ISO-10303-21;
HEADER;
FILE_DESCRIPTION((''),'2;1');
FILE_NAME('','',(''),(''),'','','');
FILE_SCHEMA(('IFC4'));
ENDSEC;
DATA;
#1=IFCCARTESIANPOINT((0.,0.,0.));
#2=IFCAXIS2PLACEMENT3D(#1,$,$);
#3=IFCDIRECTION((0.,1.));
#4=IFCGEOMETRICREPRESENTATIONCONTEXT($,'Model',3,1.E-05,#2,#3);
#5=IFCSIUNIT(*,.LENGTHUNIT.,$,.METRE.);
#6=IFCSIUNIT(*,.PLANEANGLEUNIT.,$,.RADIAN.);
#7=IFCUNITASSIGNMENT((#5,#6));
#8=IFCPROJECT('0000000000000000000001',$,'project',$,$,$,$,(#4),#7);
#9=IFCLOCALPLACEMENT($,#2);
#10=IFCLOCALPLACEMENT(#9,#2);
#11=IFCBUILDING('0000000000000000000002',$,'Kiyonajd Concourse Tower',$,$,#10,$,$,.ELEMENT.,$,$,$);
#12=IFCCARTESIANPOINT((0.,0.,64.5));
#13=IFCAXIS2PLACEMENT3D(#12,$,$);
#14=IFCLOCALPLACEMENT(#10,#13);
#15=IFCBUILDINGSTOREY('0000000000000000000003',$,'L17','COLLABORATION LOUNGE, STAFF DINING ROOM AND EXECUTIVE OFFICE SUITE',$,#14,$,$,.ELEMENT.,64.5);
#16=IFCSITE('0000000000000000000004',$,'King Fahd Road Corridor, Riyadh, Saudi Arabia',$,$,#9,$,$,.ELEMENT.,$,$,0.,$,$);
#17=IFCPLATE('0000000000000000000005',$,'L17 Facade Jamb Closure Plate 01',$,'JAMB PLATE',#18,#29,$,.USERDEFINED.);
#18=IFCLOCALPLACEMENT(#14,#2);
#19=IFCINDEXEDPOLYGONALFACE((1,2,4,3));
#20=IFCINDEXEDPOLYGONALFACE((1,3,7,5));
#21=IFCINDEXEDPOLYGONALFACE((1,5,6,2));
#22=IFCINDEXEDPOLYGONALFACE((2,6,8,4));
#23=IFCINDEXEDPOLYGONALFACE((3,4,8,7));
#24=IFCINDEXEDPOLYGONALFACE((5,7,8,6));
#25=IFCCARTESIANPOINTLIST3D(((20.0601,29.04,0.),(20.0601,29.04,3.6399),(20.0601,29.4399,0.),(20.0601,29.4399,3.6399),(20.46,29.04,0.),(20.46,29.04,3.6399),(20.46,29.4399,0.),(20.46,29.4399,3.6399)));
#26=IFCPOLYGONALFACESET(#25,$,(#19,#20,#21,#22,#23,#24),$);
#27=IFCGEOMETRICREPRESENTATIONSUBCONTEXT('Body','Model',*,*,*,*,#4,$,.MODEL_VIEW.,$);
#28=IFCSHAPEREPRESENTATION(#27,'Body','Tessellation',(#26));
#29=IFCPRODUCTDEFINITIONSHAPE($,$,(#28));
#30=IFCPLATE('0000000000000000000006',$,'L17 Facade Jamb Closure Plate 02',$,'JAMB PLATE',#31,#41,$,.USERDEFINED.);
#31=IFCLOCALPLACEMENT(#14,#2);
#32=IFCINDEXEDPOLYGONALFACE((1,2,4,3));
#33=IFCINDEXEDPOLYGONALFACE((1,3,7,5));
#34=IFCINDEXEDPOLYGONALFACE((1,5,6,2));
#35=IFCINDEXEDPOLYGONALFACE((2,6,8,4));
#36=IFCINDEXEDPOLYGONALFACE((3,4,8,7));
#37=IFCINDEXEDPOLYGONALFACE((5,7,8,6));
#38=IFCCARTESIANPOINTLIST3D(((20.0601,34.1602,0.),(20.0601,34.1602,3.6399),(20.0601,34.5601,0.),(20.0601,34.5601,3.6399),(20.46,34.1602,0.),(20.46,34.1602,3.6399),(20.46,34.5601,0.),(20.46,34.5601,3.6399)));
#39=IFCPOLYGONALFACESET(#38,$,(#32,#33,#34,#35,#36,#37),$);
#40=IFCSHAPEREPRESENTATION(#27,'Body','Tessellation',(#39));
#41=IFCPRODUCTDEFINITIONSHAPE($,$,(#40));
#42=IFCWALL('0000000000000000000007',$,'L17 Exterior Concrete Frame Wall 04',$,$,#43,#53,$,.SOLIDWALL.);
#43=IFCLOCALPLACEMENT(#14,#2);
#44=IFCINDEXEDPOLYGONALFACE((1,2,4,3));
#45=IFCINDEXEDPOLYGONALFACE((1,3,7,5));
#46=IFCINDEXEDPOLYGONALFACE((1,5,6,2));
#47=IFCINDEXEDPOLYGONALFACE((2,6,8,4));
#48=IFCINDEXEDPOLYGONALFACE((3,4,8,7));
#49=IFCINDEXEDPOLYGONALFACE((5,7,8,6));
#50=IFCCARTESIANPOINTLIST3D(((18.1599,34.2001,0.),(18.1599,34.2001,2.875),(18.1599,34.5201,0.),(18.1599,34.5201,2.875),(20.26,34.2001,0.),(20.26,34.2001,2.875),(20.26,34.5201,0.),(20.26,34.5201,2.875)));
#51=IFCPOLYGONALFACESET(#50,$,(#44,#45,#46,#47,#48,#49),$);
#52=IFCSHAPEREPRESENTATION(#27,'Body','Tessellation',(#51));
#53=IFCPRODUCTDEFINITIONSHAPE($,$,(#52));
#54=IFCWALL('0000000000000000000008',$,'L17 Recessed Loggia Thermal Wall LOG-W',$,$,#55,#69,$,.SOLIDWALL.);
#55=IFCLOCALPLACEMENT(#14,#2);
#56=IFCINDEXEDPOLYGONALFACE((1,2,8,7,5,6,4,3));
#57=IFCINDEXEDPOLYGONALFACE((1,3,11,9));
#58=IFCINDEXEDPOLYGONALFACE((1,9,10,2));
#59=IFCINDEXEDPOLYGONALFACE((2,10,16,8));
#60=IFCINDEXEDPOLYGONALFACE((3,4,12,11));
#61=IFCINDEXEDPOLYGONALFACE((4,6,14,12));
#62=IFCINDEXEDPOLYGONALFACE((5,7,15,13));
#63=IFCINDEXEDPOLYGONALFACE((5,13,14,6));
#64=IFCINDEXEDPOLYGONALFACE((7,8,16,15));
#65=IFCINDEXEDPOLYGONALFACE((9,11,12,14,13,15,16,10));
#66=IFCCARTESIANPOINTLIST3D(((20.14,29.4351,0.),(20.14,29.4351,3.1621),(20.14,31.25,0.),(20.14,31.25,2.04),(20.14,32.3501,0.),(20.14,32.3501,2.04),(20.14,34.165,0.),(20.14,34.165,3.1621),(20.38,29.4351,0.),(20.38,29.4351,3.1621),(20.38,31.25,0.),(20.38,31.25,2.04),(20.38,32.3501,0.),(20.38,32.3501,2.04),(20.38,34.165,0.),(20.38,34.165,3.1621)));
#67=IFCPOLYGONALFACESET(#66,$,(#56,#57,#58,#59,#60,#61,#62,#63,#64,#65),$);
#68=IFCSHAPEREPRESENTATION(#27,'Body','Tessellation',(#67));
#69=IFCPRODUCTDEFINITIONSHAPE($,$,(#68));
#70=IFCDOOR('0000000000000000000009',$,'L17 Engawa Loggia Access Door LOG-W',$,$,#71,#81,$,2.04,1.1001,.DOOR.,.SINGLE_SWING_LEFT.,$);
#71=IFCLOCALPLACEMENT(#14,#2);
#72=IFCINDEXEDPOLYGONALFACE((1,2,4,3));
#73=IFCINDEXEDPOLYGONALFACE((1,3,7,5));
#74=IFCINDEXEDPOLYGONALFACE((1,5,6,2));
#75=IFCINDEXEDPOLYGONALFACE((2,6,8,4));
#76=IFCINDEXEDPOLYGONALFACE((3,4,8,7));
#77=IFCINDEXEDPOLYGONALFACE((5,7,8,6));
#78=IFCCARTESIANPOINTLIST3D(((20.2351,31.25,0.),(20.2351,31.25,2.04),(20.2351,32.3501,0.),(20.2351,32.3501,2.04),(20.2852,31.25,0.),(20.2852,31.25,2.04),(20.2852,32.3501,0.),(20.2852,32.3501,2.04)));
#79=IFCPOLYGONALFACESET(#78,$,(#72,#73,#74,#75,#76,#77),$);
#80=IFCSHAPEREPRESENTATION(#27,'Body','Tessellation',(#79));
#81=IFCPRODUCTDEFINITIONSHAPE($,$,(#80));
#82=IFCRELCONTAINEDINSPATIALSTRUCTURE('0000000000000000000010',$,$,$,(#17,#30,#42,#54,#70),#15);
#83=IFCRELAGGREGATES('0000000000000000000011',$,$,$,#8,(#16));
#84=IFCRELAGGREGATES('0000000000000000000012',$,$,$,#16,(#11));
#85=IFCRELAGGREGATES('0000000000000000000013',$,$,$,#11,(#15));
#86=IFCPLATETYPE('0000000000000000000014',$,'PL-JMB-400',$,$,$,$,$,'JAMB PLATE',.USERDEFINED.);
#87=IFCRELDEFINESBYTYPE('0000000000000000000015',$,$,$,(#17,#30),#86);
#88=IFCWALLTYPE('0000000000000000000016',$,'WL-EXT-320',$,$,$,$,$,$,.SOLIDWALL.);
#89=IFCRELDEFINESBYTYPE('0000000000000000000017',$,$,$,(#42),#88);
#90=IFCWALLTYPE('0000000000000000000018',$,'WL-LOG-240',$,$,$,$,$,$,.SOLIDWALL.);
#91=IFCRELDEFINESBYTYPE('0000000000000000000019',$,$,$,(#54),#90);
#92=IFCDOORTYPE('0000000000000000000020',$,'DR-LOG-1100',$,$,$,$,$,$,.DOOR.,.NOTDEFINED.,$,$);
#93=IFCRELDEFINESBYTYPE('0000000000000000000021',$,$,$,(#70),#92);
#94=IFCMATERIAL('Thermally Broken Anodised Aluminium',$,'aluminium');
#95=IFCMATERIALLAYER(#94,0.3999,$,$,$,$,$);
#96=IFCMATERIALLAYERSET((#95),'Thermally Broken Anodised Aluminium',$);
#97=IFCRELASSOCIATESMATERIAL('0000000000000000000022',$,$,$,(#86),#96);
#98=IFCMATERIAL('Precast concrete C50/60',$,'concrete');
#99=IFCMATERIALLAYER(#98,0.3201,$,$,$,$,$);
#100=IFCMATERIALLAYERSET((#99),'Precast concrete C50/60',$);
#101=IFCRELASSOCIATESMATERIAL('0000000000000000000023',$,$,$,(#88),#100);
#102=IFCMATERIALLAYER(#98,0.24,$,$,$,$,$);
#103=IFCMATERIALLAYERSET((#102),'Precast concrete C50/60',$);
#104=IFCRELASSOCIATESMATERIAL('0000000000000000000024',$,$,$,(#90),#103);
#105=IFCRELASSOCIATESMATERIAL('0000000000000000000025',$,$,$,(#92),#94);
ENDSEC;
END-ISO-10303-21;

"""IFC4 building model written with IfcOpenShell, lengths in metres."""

from ifc_helpers import new_model, si_unit, direction, frame, frame_2d, origin, origin_2d, place, context, subcontext, project, spatial, rectangle, extrude, material, layer, layer_set, type_object, element, fill, save


model = new_model("IFC4")

# Units and contexts
model_context = context("Model", 3, precision=1e-05, world=origin(), true_north=direction((0.0, 1.0)))
body_context = subcontext(model_context, "Body", "Model", "MODEL_VIEW")
ifc_project = project(units=[si_unit("LENGTHUNIT", "METRE"), si_unit("PLANEANGLEUNIT", "RADIAN")], contexts=[model_context])

# Site, building, storey
site_placement = place(None, origin())
site = spatial("IfcSite", under=ifc_project, at=site_placement, Name="King Fahd Road Corridor, Riyadh, Saudi Arabia", CompositionType="ELEMENT", RefElevation=0.0)
building_placement = place(site_placement, origin())
building = spatial("IfcBuilding", under=site, at=building_placement, Name="Kiyonajd Concourse Tower", CompositionType="ELEMENT")
storey_placement = place(building_placement, frame((0.0, 0.0, 64.5)))
storey = spatial("IfcBuildingStorey", under=building, at=storey_placement, Name="L17", Description="COLLABORATION LOUNGE, STAFF DINING ROOM AND EXECUTIVE OFFICE SUITE", CompositionType="ELEMENT", Elevation=64.5)

# Shared definitions
ifc_material_1 = material(Name="Precast concrete C50/60", Category="concrete")

# Plates
ifc_material_2 = material(Name="Thermally Broken Anodised Aluminium", Category="aluminium")
ifc_layer_1 = layer(ifc_material_2, 0.3999)
ifc_layer_set_1 = layer_set([ifc_layer_1], Name="Thermally Broken Anodised Aluminium")
plate_type_1 = type_object("IfcPlateType", Name="PL-JMB-400", ElementType="JAMB PLATE", PredefinedType="USERDEFINED", material=ifc_layer_set_1)
for number, where, z_axis, x_axis, name in (
    (1, (20.26, 29.24, 0.0), (0.0, 0.0, 1.0), (1.0, 0.0, 0.0), "L17 Facade Jamb Closure Plate 01"),
    (2, (20.26, 34.3601, 0.0), (0.0, 0.0, 1.0), (1.0, 0.0, 0.0), "L17 Facade Jamb Closure Plate 02"),
):
    element("IfcPlate", number, at=place(storey_placement, frame(where, z_axis=z_axis, x_axis=x_axis)), inside=storey, type_object=plate_type_1, Name=name, ObjectType="JAMB PLATE", PredefinedType="USERDEFINED", context=body_context, shape_type="SweptSolid", body=[
        extrude(rectangle(XDim=0.3999, YDim=0.3999, at=origin_2d()), origin(), (0.0, 0.0, 1.0), 3.6399),
    ])

# Wall
ifc_layer_2 = layer(ifc_material_1, 0.3201)
ifc_layer_set_2 = layer_set([ifc_layer_2], Name="Precast concrete C50/60")
wall_type_1 = type_object("IfcWallType", Name="WL-EXT-320", PredefinedType="SOLIDWALL", material=ifc_layer_set_2)
wall_1_placement = place(storey_placement, frame((20.26, 34.3601, 0.0), z_axis=(0.0, 0.0, 1.0), x_axis=(-1.0, 0.0, 0.0)))
element("IfcWall", 3, at=wall_1_placement, inside=storey, type_object=wall_type_1, Name="L17 Exterior Concrete Frame Wall 04", PredefinedType="SOLIDWALL", context=body_context, shape_type="SweptSolid", body=[
    extrude(rectangle(XDim=2.1001, YDim=0.3201, at=frame_2d((1.05, 0.0))), origin(), (0.0, 0.0, 1.0), 2.875),
])

# Wall, opening, door
ifc_layer_3 = layer(ifc_material_1, 0.24)
ifc_layer_set_3 = layer_set([ifc_layer_3], Name="Precast concrete C50/60")
wall_type_2 = type_object("IfcWallType", Name="WL-LOG-240", PredefinedType="SOLIDWALL", material=ifc_layer_set_3)
wall_2_placement = place(storey_placement, frame((20.26, 29.4351, 0.0), z_axis=(0.0, 0.0, 1.0), x_axis=(0.0, 1.0, 0.0)))
wall_2 = element("IfcWall", 4, at=wall_2_placement, inside=storey, type_object=wall_type_2, Name="L17 Recessed Loggia Thermal Wall LOG-W", PredefinedType="SOLIDWALL", context=body_context, shape_type="SweptSolid", body=[
    extrude(rectangle(XDim=4.73, YDim=0.24, at=frame_2d((2.365, 0.0))), origin(), (0.0, 0.0, 1.0), 3.1621),
])
opening_1_placement = place(wall_2_placement, frame((1.8149, 0.0, 0.0)))
opening_1 = element("IfcOpeningElement", 5, at=opening_1_placement, cuts=wall_2, PredefinedType="OPENING", context=body_context, shape_type="SweptSolid", body=[
    extrude(rectangle(XDim=1.1001, YDim=2.04, at=frame_2d((0.55, 1.02))), frame((0.0, 0.1299, 0.0), z_axis=(0.0, -1.0, 0.0), x_axis=(1.0, 0.0, 0.0)), (0.0, 0.0, 1.0), 0.26),
])
door_type_1 = type_object("IfcDoorType", Name="DR-LOG-1100", OperationType="NOTDEFINED", PredefinedType="DOOR", material=ifc_material_2)
door_1_placement = place(opening_1_placement, origin())
door_1 = element("IfcDoor", 6, at=door_1_placement, inside=storey, type_object=door_type_1, Name="L17 Engawa Loggia Access Door LOG-W", OperationType="SINGLE_SWING_LEFT", OverallHeight=2.04, OverallWidth=1.1001, PredefinedType="DOOR", context=body_context, shape_type="SweptSolid", body=[
    extrude(rectangle(XDim=1.1001, YDim=2.04, at=frame_2d((0.55, 1.02))), frame((0.0, 0.0249, 0.0), z_axis=(0.0, -1.0, 0.0), x_axis=(1.0, 0.0, 0.0)), (0.0, 0.0, 1.0), 0.05),
])
fill(opening_1, door_1)

save(model, "model.ifc")
